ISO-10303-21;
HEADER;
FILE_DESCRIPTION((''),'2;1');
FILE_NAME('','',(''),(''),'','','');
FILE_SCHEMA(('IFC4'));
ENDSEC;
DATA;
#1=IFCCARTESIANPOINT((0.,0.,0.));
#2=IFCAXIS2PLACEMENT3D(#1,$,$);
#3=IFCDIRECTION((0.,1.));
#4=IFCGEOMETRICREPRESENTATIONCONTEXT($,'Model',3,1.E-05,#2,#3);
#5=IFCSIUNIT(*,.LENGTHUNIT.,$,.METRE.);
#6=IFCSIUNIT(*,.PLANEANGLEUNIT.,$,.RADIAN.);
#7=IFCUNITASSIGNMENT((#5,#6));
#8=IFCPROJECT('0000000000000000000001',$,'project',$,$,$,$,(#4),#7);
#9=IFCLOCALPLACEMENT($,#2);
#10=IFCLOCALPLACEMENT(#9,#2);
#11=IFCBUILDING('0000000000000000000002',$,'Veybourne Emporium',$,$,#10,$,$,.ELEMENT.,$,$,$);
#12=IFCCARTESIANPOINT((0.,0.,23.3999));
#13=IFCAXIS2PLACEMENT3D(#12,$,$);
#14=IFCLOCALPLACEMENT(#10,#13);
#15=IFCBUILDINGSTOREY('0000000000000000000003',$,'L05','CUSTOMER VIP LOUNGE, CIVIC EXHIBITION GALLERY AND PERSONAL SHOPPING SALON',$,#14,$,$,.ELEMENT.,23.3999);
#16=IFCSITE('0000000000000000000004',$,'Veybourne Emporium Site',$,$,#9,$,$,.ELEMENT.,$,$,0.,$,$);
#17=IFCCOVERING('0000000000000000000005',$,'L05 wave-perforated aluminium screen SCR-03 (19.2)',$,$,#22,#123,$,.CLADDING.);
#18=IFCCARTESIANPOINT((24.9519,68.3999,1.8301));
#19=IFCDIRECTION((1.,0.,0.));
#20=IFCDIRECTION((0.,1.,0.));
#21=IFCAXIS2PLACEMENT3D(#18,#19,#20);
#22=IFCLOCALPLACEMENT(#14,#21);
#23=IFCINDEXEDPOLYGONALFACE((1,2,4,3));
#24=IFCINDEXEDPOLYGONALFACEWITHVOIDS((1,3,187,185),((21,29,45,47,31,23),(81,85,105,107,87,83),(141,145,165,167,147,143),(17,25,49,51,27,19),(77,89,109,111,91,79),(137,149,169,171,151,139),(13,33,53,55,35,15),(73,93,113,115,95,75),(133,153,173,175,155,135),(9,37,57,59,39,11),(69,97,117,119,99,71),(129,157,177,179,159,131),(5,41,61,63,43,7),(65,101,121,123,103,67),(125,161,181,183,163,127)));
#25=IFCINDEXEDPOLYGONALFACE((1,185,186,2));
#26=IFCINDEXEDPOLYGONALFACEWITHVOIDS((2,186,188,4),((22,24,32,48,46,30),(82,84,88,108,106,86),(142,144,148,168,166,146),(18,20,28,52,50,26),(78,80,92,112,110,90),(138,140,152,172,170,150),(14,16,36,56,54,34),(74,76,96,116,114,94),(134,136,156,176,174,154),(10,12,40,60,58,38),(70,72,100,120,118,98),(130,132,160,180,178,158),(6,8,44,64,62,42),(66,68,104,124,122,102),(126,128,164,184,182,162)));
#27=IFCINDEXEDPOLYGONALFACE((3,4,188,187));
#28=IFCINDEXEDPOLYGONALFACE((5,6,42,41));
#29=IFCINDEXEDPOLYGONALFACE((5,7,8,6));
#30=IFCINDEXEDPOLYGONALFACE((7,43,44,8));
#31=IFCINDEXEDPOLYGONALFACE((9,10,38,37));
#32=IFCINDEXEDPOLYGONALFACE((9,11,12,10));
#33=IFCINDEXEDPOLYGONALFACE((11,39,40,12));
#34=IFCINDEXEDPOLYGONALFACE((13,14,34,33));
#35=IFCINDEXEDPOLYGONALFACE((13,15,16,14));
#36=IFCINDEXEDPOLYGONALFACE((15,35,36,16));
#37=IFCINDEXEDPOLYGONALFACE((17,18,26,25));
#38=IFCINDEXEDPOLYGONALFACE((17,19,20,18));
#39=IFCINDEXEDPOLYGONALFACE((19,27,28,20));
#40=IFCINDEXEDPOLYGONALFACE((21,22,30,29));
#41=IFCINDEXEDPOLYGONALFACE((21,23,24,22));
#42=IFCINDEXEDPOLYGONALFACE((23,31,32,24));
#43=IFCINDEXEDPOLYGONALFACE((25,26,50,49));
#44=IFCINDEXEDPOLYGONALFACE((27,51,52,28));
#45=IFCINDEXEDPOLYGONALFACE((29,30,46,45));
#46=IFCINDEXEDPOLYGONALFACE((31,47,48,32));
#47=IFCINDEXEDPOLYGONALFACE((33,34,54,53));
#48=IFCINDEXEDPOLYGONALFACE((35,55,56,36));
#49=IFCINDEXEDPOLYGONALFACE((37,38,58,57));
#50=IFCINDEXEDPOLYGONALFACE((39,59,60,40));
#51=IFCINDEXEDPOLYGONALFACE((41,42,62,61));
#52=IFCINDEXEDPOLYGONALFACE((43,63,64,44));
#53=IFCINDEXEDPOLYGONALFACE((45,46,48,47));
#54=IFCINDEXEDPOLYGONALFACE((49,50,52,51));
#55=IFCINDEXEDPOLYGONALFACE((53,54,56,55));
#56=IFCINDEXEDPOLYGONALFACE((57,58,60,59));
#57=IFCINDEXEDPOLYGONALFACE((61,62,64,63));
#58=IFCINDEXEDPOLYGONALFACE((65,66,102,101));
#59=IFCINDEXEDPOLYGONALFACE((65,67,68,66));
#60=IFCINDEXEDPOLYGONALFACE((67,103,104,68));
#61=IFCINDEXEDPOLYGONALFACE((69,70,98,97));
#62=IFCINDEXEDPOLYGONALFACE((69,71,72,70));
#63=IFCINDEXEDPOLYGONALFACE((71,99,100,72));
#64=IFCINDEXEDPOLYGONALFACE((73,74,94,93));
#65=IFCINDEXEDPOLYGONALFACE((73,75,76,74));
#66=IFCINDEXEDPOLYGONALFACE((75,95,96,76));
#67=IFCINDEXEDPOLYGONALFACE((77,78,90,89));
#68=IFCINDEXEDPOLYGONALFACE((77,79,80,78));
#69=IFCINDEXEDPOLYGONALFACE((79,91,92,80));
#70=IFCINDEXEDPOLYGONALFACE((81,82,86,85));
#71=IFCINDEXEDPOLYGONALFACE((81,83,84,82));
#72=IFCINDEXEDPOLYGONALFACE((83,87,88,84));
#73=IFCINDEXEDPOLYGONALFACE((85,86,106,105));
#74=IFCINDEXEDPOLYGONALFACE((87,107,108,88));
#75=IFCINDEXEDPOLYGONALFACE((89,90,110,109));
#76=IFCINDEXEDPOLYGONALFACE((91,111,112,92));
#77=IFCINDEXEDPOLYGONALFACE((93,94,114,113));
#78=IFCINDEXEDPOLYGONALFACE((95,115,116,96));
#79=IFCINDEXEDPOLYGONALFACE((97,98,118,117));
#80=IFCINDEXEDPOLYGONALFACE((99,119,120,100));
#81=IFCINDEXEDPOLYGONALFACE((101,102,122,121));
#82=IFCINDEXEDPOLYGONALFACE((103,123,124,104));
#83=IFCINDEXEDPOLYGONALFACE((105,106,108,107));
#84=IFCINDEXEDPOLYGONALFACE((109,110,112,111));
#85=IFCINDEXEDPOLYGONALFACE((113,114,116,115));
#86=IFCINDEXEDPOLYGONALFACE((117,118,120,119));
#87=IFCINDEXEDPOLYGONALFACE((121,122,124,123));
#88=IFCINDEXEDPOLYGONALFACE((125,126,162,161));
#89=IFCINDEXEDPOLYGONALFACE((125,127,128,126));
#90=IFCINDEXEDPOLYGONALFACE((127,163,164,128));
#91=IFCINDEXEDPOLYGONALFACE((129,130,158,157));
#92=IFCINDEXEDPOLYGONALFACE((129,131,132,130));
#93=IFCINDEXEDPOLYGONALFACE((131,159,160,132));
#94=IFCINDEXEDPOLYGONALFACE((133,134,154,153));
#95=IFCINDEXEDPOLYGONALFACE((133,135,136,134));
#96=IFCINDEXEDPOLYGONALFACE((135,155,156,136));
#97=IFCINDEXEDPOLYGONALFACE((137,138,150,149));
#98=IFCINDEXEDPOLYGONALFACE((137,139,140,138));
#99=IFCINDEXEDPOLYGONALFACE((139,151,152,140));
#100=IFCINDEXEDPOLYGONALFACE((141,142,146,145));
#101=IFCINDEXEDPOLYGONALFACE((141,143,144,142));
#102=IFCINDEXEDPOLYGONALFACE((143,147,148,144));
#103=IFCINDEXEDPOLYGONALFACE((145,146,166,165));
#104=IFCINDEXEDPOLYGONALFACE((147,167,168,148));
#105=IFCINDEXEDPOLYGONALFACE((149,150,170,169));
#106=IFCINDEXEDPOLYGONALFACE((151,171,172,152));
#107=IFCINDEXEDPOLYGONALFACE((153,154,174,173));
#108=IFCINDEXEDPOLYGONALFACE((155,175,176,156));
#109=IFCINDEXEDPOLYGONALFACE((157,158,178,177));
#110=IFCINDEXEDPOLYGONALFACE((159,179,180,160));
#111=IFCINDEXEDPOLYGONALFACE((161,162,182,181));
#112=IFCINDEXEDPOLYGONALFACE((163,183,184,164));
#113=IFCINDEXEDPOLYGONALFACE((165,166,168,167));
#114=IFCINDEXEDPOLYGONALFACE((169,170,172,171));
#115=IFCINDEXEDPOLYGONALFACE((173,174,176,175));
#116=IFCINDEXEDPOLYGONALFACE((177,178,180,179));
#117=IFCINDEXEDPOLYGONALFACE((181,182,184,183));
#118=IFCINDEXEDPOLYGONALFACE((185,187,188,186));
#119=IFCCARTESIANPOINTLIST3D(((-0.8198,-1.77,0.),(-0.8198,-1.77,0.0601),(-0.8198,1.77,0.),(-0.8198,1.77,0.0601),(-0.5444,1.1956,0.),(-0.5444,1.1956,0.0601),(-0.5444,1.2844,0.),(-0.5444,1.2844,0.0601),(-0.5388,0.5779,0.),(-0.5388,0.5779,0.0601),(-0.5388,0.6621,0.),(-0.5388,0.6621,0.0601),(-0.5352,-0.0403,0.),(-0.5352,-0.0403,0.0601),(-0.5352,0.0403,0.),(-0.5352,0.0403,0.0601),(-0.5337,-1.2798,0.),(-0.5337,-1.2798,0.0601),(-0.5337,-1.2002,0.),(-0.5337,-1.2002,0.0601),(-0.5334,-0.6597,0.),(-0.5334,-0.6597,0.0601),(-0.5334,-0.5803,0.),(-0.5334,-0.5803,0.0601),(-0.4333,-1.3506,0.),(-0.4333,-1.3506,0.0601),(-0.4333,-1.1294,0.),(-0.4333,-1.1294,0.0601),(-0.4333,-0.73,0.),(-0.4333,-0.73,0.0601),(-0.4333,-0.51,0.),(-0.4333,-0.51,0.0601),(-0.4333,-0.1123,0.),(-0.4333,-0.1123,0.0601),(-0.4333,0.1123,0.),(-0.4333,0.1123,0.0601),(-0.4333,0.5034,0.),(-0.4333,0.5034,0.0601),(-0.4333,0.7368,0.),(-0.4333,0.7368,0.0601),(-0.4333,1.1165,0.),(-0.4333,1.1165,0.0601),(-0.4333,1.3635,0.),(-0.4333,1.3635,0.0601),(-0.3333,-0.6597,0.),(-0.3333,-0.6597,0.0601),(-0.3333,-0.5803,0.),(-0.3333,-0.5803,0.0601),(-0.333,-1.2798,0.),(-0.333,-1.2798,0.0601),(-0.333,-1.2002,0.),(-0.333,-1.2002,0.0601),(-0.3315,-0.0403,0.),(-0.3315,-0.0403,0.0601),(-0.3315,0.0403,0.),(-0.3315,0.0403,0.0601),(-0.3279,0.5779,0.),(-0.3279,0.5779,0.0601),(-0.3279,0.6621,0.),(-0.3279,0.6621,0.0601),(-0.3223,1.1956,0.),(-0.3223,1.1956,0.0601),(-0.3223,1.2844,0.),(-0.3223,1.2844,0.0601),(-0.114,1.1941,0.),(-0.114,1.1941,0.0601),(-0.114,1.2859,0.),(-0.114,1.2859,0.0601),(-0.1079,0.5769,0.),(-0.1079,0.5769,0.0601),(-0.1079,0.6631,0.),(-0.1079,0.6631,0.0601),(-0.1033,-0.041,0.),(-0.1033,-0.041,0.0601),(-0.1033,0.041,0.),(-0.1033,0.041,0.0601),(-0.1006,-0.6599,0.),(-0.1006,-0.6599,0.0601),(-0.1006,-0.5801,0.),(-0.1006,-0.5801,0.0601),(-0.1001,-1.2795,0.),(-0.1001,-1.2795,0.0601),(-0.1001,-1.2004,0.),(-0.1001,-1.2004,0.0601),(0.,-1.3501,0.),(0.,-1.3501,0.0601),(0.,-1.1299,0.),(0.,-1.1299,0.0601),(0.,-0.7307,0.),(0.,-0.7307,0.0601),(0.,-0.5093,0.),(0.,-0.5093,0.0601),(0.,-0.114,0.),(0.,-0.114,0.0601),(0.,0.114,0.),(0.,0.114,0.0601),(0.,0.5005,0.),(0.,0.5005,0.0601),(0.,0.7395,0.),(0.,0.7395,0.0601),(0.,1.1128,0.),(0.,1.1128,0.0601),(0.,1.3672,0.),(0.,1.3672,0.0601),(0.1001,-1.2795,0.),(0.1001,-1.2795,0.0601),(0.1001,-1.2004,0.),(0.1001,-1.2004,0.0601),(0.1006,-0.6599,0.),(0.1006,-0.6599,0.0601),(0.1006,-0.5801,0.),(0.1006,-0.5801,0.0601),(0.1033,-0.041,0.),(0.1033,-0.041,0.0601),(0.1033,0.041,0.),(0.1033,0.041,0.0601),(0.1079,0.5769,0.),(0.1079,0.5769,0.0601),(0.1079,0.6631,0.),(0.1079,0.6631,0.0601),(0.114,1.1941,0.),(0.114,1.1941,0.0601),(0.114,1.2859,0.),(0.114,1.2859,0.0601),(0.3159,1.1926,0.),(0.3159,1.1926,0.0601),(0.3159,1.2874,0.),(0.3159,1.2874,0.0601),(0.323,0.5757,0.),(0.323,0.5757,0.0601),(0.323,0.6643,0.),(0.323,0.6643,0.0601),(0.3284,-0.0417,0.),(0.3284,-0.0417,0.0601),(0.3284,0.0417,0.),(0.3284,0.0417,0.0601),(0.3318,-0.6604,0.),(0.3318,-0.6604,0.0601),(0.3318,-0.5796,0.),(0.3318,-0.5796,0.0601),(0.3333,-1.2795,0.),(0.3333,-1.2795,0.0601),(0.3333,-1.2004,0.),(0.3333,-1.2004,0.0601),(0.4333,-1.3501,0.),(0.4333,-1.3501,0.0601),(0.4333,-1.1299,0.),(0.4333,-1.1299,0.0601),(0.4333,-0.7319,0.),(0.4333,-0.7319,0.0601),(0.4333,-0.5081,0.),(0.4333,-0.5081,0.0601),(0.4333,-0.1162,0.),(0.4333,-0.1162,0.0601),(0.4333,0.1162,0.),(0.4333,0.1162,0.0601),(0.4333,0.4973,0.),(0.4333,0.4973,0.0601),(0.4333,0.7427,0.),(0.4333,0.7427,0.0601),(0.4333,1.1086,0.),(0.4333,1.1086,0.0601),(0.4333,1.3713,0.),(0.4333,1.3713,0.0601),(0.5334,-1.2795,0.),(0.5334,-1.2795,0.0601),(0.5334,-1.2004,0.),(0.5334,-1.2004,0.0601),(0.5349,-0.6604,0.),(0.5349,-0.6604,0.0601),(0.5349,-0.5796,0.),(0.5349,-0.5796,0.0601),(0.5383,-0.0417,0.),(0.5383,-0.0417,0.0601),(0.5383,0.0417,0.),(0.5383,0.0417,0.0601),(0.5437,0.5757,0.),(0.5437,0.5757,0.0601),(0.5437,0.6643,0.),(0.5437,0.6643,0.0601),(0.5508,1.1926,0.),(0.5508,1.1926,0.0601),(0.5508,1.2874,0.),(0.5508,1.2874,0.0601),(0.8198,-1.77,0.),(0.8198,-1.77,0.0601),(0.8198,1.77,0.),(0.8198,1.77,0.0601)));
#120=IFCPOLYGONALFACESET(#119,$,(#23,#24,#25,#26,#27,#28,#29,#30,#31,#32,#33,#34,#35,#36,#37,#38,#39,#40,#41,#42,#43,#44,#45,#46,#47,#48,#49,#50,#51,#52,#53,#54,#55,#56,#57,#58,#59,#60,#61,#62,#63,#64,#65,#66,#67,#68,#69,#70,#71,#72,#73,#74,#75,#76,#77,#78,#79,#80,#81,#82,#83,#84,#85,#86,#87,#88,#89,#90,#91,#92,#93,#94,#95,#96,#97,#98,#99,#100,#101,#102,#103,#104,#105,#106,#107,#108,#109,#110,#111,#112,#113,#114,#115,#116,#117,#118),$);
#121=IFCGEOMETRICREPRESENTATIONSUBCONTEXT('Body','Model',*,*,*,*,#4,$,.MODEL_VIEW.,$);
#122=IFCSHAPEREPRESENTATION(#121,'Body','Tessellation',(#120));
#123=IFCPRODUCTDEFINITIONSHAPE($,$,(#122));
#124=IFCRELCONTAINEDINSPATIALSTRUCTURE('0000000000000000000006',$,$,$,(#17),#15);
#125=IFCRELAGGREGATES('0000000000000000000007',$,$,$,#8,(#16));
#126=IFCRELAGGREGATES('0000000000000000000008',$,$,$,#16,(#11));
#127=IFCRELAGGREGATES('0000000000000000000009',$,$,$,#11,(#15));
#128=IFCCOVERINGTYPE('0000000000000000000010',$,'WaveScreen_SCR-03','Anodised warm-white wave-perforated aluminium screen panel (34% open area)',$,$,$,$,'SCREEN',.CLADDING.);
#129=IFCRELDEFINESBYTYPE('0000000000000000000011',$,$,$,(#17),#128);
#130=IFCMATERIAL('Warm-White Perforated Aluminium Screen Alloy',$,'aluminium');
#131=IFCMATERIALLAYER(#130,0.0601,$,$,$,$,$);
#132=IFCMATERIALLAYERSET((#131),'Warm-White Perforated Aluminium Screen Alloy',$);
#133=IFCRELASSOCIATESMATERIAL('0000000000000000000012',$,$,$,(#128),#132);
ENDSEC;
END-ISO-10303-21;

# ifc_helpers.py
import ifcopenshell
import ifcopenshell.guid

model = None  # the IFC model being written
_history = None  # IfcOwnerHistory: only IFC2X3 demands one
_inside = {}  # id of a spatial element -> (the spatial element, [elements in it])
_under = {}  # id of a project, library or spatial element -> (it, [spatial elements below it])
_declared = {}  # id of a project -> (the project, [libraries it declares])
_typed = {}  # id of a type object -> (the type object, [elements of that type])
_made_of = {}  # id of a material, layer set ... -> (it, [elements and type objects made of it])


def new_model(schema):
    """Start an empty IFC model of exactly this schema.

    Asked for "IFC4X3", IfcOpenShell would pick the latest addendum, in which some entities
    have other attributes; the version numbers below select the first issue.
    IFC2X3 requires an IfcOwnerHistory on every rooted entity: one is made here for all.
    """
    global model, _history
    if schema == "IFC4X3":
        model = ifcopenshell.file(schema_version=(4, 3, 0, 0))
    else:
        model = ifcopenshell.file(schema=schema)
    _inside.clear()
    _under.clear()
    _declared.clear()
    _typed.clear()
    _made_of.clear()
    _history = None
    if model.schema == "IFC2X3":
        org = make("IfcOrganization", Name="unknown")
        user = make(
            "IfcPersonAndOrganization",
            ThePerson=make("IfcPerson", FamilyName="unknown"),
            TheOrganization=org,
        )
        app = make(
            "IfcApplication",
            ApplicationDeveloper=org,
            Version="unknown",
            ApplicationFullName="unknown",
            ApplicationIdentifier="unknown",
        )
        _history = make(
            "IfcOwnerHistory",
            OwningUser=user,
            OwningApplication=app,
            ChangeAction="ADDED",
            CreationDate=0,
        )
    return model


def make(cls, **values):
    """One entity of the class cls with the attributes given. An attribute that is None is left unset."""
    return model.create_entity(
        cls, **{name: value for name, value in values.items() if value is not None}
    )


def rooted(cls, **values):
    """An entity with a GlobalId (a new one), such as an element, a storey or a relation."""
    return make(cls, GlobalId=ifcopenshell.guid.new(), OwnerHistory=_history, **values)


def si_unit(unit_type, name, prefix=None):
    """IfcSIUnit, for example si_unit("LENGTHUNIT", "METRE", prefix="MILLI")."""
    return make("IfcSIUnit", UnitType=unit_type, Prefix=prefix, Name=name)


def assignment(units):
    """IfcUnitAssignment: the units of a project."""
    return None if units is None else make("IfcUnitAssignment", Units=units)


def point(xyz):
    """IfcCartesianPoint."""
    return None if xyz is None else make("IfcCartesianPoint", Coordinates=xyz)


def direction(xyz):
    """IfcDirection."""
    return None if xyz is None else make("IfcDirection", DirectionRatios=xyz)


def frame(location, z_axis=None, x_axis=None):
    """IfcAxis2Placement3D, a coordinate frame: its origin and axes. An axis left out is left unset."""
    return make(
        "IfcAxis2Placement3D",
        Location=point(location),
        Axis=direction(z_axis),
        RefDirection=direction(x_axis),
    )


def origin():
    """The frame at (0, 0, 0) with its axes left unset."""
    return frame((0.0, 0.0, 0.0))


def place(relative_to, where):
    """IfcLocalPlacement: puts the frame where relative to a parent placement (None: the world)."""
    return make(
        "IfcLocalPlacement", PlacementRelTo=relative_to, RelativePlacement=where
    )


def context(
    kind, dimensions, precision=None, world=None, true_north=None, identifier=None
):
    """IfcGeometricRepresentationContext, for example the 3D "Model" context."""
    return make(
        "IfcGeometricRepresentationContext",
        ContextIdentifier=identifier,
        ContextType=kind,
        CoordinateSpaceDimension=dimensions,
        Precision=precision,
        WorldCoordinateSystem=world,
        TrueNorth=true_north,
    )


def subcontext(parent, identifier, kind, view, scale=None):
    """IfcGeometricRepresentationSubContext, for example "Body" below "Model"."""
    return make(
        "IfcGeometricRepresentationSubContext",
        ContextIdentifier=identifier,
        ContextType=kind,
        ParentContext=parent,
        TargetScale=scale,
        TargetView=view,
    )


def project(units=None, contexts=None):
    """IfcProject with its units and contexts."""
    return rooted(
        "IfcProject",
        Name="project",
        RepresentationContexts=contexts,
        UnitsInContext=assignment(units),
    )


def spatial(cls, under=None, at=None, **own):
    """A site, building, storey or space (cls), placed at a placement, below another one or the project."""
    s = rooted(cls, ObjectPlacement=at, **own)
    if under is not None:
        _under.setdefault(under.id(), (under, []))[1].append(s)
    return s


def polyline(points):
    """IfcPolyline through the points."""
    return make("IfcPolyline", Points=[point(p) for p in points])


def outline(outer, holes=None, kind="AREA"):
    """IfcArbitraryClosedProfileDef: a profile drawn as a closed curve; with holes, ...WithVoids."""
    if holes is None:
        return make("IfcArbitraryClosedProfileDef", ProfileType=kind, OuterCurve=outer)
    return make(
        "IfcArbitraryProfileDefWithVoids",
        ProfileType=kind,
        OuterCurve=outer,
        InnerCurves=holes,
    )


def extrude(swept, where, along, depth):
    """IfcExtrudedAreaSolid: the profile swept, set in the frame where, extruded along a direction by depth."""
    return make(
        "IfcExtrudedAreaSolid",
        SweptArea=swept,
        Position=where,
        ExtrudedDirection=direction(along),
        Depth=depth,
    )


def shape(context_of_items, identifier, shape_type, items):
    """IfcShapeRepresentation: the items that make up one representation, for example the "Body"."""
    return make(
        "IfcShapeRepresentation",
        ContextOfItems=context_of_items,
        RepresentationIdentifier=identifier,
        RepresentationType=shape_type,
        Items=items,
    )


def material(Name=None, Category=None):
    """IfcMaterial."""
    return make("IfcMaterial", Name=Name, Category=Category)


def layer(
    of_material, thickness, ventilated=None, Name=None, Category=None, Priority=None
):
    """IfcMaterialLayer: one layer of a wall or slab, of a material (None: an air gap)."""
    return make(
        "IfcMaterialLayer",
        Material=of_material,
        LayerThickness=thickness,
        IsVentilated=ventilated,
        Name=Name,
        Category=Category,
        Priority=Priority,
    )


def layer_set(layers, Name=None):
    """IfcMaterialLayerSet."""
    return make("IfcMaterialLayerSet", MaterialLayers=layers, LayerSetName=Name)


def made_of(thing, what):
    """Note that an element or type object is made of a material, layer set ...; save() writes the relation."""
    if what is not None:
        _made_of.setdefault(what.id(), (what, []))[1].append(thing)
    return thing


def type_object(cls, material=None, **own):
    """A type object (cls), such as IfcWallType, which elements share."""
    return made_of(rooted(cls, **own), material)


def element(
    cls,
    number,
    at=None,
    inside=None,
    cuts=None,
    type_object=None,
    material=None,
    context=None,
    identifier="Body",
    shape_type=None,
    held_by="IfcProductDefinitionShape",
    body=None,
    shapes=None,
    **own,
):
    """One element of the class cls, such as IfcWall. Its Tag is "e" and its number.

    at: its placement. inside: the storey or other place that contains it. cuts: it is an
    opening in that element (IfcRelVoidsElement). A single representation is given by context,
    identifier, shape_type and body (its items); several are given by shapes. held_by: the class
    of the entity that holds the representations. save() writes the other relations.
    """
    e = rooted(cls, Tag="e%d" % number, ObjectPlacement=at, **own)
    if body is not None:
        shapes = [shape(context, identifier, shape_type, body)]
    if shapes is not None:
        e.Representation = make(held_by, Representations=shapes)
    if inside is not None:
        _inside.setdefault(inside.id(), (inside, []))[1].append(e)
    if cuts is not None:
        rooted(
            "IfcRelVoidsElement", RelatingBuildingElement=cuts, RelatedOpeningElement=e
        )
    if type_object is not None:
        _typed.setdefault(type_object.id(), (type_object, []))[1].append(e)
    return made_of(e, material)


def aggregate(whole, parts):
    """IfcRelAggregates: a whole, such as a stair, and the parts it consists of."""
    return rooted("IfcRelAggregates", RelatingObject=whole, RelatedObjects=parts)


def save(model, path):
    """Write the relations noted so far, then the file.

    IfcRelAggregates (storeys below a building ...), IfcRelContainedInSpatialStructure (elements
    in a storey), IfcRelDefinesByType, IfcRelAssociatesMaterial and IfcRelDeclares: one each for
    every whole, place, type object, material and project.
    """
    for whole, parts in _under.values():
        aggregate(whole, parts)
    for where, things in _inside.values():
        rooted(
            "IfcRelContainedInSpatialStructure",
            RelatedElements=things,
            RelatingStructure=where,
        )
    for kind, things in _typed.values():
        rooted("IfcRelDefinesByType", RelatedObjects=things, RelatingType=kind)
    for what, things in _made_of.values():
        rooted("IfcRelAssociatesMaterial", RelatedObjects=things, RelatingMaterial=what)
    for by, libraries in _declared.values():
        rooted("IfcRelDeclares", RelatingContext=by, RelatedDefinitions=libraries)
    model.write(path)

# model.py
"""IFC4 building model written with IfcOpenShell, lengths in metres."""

from ifc_helpers import new_model, si_unit, direction, frame, origin, place, context, subcontext, project, spatial, polyline, outline, extrude, material, layer, layer_set, type_object, element, save


model = new_model("IFC4")

# Units and contexts
model_context = context("Model", 3, precision=1e-05, world=origin(), true_north=direction((0.0, 1.0)))
body_context = subcontext(model_context, "Body", "Model", "MODEL_VIEW")
ifc_project = project(units=[si_unit("LENGTHUNIT", "METRE"), si_unit("PLANEANGLEUNIT", "RADIAN")], contexts=[model_context])

# Site, building, storey
site_placement = place(None, origin())
site = spatial("IfcSite", under=ifc_project, at=site_placement, Name="Veybourne Emporium Site", CompositionType="ELEMENT", RefElevation=0.0)
building_placement = place(site_placement, origin())
building = spatial("IfcBuilding", under=site, at=building_placement, Name="Veybourne Emporium", CompositionType="ELEMENT")
storey_placement = place(building_placement, frame((0.0, 0.0, 23.3999)))
storey = spatial("IfcBuildingStorey", under=building, at=storey_placement, Name="L05", Description="CUSTOMER VIP LOUNGE, CIVIC EXHIBITION GALLERY AND PERSONAL SHOPPING SALON", CompositionType="ELEMENT", Elevation=23.3999)

# Covering
ifc_material_1 = material(Name="Warm-White Perforated Aluminium Screen Alloy", Category="aluminium")
ifc_layer_1 = layer(ifc_material_1, 0.0601)
ifc_layer_set_1 = layer_set([ifc_layer_1], Name="Warm-White Perforated Aluminium Screen Alloy")
covering_type_1 = type_object("IfcCoveringType", Name="WaveScreen_SCR-03", Description="Anodised warm-white wave-perforated aluminium screen panel (34% open area)", ElementType="SCREEN", PredefinedType="CLADDING", material=ifc_layer_set_1)
covering_1_placement = place(storey_placement, frame((24.9519, 68.3999, 1.8301), z_axis=(1.0, 0.0, 0.0), x_axis=(0.0, 1.0, 0.0)))
element("IfcCovering", 1, at=covering_1_placement, inside=storey, type_object=covering_type_1, Name="L05 wave-perforated aluminium screen SCR-03 (19.2)", PredefinedType="CLADDING", context=body_context, shape_type="SweptSolid", body=[
    extrude(outline(polyline([(-0.8198, -1.77), (0.8198, -1.77), (0.8198, 1.77), (-0.8198, 1.77), (-0.8198, -1.77)]), holes=[polyline([(-0.4333, -1.1294), (-0.333, -1.2002), (-0.333, -1.2798), (-0.4333, -1.3506), (-0.5337, -1.2798), (-0.5337, -1.2002), (-0.4333, -1.1294)]), polyline([(-0.4333, -0.51), (-0.3333, -0.5803), (-0.3333, -0.6597), (-0.4333, -0.73), (-0.5334, -0.6597), (-0.5334, -0.5803), (-0.4333, -0.51)]), polyline([(-0.4333, 0.1123), (-0.3315, 0.0403), (-0.3315, -0.0403), (-0.4333, -0.1123), (-0.5352, -0.0403), (-0.5352, 0.0403), (-0.4333, 0.1123)]), polyline([(-0.4333, 0.7368), (-0.3279, 0.6621), (-0.3279, 0.5779), (-0.4333, 0.5034), (-0.5388, 0.5779), (-0.5388, 0.6621), (-0.4333, 0.7368)]), polyline([(-0.4333, 1.3635), (-0.3223, 1.2844), (-0.3223, 1.1956), (-0.4333, 1.1165), (-0.5444, 1.1956), (-0.5444, 1.2844), (-0.4333, 1.3635)]), polyline([(0.0, -1.1299), (0.1001, -1.2004), (0.1001, -1.2795), (0.0, -1.3501), (-0.1001, -1.2795), (-0.1001, -1.2004), (0.0, -1.1299)]), polyline([(0.0, -0.5093), (0.1006, -0.5801), (0.1006, -0.6599), (0.0, -0.7307), (-0.1006, -0.6599), (-0.1006, -0.5801), (0.0, -0.5093)]), polyline([(0.0, 0.114), (0.1033, 0.041), (0.1033, -0.041), (0.0, -0.114), (-0.1033, -0.041), (-0.1033, 0.041), (0.0, 0.114)]), polyline([(0.0, 0.7395), (0.1079, 0.6631), (0.1079, 0.5769), (0.0, 0.5005), (-0.1079, 0.5769), (-0.1079, 0.6631), (0.0, 0.7395)]), polyline([(0.0, 1.3672), (0.114, 1.2859), (0.114, 1.1941), (0.0, 1.1128), (-0.114, 1.1941), (-0.114, 1.2859), (0.0, 1.3672)]), polyline([(0.4333, -1.1299), (0.5334, -1.2004), (0.5334, -1.2795), (0.4333, -1.3501), (0.3333, -1.2795), (0.3333, -1.2004), (0.4333, -1.1299)]), polyline([(0.4333, -0.5081), (0.5349, -0.5796), (0.5349, -0.6604), (0.4333, -0.7319), (0.3318, -0.6604), (0.3318, -0.5796), (0.4333, -0.5081)]), polyline([(0.4333, 0.1162), (0.5383, 0.0417), (0.5383, -0.0417), (0.4333, -0.1162), (0.3284, -0.0417), (0.3284, 0.0417), (0.4333, 0.1162)]), polyline([(0.4333, 0.7427), (0.5437, 0.6643), (0.5437, 0.5757), (0.4333, 0.4973), (0.323, 0.5757), (0.323, 0.6643), (0.4333, 0.7427)]), polyline([(0.4333, 1.3713), (0.5508, 1.2874), (0.5508, 1.1926), (0.4333, 1.1086), (0.3159, 1.1926), (0.3159, 1.2874), (0.4333, 1.3713)])]), origin(), (0.0, 0.0, 1.0), 0.0601),
])

save(model, "model.ifc")
